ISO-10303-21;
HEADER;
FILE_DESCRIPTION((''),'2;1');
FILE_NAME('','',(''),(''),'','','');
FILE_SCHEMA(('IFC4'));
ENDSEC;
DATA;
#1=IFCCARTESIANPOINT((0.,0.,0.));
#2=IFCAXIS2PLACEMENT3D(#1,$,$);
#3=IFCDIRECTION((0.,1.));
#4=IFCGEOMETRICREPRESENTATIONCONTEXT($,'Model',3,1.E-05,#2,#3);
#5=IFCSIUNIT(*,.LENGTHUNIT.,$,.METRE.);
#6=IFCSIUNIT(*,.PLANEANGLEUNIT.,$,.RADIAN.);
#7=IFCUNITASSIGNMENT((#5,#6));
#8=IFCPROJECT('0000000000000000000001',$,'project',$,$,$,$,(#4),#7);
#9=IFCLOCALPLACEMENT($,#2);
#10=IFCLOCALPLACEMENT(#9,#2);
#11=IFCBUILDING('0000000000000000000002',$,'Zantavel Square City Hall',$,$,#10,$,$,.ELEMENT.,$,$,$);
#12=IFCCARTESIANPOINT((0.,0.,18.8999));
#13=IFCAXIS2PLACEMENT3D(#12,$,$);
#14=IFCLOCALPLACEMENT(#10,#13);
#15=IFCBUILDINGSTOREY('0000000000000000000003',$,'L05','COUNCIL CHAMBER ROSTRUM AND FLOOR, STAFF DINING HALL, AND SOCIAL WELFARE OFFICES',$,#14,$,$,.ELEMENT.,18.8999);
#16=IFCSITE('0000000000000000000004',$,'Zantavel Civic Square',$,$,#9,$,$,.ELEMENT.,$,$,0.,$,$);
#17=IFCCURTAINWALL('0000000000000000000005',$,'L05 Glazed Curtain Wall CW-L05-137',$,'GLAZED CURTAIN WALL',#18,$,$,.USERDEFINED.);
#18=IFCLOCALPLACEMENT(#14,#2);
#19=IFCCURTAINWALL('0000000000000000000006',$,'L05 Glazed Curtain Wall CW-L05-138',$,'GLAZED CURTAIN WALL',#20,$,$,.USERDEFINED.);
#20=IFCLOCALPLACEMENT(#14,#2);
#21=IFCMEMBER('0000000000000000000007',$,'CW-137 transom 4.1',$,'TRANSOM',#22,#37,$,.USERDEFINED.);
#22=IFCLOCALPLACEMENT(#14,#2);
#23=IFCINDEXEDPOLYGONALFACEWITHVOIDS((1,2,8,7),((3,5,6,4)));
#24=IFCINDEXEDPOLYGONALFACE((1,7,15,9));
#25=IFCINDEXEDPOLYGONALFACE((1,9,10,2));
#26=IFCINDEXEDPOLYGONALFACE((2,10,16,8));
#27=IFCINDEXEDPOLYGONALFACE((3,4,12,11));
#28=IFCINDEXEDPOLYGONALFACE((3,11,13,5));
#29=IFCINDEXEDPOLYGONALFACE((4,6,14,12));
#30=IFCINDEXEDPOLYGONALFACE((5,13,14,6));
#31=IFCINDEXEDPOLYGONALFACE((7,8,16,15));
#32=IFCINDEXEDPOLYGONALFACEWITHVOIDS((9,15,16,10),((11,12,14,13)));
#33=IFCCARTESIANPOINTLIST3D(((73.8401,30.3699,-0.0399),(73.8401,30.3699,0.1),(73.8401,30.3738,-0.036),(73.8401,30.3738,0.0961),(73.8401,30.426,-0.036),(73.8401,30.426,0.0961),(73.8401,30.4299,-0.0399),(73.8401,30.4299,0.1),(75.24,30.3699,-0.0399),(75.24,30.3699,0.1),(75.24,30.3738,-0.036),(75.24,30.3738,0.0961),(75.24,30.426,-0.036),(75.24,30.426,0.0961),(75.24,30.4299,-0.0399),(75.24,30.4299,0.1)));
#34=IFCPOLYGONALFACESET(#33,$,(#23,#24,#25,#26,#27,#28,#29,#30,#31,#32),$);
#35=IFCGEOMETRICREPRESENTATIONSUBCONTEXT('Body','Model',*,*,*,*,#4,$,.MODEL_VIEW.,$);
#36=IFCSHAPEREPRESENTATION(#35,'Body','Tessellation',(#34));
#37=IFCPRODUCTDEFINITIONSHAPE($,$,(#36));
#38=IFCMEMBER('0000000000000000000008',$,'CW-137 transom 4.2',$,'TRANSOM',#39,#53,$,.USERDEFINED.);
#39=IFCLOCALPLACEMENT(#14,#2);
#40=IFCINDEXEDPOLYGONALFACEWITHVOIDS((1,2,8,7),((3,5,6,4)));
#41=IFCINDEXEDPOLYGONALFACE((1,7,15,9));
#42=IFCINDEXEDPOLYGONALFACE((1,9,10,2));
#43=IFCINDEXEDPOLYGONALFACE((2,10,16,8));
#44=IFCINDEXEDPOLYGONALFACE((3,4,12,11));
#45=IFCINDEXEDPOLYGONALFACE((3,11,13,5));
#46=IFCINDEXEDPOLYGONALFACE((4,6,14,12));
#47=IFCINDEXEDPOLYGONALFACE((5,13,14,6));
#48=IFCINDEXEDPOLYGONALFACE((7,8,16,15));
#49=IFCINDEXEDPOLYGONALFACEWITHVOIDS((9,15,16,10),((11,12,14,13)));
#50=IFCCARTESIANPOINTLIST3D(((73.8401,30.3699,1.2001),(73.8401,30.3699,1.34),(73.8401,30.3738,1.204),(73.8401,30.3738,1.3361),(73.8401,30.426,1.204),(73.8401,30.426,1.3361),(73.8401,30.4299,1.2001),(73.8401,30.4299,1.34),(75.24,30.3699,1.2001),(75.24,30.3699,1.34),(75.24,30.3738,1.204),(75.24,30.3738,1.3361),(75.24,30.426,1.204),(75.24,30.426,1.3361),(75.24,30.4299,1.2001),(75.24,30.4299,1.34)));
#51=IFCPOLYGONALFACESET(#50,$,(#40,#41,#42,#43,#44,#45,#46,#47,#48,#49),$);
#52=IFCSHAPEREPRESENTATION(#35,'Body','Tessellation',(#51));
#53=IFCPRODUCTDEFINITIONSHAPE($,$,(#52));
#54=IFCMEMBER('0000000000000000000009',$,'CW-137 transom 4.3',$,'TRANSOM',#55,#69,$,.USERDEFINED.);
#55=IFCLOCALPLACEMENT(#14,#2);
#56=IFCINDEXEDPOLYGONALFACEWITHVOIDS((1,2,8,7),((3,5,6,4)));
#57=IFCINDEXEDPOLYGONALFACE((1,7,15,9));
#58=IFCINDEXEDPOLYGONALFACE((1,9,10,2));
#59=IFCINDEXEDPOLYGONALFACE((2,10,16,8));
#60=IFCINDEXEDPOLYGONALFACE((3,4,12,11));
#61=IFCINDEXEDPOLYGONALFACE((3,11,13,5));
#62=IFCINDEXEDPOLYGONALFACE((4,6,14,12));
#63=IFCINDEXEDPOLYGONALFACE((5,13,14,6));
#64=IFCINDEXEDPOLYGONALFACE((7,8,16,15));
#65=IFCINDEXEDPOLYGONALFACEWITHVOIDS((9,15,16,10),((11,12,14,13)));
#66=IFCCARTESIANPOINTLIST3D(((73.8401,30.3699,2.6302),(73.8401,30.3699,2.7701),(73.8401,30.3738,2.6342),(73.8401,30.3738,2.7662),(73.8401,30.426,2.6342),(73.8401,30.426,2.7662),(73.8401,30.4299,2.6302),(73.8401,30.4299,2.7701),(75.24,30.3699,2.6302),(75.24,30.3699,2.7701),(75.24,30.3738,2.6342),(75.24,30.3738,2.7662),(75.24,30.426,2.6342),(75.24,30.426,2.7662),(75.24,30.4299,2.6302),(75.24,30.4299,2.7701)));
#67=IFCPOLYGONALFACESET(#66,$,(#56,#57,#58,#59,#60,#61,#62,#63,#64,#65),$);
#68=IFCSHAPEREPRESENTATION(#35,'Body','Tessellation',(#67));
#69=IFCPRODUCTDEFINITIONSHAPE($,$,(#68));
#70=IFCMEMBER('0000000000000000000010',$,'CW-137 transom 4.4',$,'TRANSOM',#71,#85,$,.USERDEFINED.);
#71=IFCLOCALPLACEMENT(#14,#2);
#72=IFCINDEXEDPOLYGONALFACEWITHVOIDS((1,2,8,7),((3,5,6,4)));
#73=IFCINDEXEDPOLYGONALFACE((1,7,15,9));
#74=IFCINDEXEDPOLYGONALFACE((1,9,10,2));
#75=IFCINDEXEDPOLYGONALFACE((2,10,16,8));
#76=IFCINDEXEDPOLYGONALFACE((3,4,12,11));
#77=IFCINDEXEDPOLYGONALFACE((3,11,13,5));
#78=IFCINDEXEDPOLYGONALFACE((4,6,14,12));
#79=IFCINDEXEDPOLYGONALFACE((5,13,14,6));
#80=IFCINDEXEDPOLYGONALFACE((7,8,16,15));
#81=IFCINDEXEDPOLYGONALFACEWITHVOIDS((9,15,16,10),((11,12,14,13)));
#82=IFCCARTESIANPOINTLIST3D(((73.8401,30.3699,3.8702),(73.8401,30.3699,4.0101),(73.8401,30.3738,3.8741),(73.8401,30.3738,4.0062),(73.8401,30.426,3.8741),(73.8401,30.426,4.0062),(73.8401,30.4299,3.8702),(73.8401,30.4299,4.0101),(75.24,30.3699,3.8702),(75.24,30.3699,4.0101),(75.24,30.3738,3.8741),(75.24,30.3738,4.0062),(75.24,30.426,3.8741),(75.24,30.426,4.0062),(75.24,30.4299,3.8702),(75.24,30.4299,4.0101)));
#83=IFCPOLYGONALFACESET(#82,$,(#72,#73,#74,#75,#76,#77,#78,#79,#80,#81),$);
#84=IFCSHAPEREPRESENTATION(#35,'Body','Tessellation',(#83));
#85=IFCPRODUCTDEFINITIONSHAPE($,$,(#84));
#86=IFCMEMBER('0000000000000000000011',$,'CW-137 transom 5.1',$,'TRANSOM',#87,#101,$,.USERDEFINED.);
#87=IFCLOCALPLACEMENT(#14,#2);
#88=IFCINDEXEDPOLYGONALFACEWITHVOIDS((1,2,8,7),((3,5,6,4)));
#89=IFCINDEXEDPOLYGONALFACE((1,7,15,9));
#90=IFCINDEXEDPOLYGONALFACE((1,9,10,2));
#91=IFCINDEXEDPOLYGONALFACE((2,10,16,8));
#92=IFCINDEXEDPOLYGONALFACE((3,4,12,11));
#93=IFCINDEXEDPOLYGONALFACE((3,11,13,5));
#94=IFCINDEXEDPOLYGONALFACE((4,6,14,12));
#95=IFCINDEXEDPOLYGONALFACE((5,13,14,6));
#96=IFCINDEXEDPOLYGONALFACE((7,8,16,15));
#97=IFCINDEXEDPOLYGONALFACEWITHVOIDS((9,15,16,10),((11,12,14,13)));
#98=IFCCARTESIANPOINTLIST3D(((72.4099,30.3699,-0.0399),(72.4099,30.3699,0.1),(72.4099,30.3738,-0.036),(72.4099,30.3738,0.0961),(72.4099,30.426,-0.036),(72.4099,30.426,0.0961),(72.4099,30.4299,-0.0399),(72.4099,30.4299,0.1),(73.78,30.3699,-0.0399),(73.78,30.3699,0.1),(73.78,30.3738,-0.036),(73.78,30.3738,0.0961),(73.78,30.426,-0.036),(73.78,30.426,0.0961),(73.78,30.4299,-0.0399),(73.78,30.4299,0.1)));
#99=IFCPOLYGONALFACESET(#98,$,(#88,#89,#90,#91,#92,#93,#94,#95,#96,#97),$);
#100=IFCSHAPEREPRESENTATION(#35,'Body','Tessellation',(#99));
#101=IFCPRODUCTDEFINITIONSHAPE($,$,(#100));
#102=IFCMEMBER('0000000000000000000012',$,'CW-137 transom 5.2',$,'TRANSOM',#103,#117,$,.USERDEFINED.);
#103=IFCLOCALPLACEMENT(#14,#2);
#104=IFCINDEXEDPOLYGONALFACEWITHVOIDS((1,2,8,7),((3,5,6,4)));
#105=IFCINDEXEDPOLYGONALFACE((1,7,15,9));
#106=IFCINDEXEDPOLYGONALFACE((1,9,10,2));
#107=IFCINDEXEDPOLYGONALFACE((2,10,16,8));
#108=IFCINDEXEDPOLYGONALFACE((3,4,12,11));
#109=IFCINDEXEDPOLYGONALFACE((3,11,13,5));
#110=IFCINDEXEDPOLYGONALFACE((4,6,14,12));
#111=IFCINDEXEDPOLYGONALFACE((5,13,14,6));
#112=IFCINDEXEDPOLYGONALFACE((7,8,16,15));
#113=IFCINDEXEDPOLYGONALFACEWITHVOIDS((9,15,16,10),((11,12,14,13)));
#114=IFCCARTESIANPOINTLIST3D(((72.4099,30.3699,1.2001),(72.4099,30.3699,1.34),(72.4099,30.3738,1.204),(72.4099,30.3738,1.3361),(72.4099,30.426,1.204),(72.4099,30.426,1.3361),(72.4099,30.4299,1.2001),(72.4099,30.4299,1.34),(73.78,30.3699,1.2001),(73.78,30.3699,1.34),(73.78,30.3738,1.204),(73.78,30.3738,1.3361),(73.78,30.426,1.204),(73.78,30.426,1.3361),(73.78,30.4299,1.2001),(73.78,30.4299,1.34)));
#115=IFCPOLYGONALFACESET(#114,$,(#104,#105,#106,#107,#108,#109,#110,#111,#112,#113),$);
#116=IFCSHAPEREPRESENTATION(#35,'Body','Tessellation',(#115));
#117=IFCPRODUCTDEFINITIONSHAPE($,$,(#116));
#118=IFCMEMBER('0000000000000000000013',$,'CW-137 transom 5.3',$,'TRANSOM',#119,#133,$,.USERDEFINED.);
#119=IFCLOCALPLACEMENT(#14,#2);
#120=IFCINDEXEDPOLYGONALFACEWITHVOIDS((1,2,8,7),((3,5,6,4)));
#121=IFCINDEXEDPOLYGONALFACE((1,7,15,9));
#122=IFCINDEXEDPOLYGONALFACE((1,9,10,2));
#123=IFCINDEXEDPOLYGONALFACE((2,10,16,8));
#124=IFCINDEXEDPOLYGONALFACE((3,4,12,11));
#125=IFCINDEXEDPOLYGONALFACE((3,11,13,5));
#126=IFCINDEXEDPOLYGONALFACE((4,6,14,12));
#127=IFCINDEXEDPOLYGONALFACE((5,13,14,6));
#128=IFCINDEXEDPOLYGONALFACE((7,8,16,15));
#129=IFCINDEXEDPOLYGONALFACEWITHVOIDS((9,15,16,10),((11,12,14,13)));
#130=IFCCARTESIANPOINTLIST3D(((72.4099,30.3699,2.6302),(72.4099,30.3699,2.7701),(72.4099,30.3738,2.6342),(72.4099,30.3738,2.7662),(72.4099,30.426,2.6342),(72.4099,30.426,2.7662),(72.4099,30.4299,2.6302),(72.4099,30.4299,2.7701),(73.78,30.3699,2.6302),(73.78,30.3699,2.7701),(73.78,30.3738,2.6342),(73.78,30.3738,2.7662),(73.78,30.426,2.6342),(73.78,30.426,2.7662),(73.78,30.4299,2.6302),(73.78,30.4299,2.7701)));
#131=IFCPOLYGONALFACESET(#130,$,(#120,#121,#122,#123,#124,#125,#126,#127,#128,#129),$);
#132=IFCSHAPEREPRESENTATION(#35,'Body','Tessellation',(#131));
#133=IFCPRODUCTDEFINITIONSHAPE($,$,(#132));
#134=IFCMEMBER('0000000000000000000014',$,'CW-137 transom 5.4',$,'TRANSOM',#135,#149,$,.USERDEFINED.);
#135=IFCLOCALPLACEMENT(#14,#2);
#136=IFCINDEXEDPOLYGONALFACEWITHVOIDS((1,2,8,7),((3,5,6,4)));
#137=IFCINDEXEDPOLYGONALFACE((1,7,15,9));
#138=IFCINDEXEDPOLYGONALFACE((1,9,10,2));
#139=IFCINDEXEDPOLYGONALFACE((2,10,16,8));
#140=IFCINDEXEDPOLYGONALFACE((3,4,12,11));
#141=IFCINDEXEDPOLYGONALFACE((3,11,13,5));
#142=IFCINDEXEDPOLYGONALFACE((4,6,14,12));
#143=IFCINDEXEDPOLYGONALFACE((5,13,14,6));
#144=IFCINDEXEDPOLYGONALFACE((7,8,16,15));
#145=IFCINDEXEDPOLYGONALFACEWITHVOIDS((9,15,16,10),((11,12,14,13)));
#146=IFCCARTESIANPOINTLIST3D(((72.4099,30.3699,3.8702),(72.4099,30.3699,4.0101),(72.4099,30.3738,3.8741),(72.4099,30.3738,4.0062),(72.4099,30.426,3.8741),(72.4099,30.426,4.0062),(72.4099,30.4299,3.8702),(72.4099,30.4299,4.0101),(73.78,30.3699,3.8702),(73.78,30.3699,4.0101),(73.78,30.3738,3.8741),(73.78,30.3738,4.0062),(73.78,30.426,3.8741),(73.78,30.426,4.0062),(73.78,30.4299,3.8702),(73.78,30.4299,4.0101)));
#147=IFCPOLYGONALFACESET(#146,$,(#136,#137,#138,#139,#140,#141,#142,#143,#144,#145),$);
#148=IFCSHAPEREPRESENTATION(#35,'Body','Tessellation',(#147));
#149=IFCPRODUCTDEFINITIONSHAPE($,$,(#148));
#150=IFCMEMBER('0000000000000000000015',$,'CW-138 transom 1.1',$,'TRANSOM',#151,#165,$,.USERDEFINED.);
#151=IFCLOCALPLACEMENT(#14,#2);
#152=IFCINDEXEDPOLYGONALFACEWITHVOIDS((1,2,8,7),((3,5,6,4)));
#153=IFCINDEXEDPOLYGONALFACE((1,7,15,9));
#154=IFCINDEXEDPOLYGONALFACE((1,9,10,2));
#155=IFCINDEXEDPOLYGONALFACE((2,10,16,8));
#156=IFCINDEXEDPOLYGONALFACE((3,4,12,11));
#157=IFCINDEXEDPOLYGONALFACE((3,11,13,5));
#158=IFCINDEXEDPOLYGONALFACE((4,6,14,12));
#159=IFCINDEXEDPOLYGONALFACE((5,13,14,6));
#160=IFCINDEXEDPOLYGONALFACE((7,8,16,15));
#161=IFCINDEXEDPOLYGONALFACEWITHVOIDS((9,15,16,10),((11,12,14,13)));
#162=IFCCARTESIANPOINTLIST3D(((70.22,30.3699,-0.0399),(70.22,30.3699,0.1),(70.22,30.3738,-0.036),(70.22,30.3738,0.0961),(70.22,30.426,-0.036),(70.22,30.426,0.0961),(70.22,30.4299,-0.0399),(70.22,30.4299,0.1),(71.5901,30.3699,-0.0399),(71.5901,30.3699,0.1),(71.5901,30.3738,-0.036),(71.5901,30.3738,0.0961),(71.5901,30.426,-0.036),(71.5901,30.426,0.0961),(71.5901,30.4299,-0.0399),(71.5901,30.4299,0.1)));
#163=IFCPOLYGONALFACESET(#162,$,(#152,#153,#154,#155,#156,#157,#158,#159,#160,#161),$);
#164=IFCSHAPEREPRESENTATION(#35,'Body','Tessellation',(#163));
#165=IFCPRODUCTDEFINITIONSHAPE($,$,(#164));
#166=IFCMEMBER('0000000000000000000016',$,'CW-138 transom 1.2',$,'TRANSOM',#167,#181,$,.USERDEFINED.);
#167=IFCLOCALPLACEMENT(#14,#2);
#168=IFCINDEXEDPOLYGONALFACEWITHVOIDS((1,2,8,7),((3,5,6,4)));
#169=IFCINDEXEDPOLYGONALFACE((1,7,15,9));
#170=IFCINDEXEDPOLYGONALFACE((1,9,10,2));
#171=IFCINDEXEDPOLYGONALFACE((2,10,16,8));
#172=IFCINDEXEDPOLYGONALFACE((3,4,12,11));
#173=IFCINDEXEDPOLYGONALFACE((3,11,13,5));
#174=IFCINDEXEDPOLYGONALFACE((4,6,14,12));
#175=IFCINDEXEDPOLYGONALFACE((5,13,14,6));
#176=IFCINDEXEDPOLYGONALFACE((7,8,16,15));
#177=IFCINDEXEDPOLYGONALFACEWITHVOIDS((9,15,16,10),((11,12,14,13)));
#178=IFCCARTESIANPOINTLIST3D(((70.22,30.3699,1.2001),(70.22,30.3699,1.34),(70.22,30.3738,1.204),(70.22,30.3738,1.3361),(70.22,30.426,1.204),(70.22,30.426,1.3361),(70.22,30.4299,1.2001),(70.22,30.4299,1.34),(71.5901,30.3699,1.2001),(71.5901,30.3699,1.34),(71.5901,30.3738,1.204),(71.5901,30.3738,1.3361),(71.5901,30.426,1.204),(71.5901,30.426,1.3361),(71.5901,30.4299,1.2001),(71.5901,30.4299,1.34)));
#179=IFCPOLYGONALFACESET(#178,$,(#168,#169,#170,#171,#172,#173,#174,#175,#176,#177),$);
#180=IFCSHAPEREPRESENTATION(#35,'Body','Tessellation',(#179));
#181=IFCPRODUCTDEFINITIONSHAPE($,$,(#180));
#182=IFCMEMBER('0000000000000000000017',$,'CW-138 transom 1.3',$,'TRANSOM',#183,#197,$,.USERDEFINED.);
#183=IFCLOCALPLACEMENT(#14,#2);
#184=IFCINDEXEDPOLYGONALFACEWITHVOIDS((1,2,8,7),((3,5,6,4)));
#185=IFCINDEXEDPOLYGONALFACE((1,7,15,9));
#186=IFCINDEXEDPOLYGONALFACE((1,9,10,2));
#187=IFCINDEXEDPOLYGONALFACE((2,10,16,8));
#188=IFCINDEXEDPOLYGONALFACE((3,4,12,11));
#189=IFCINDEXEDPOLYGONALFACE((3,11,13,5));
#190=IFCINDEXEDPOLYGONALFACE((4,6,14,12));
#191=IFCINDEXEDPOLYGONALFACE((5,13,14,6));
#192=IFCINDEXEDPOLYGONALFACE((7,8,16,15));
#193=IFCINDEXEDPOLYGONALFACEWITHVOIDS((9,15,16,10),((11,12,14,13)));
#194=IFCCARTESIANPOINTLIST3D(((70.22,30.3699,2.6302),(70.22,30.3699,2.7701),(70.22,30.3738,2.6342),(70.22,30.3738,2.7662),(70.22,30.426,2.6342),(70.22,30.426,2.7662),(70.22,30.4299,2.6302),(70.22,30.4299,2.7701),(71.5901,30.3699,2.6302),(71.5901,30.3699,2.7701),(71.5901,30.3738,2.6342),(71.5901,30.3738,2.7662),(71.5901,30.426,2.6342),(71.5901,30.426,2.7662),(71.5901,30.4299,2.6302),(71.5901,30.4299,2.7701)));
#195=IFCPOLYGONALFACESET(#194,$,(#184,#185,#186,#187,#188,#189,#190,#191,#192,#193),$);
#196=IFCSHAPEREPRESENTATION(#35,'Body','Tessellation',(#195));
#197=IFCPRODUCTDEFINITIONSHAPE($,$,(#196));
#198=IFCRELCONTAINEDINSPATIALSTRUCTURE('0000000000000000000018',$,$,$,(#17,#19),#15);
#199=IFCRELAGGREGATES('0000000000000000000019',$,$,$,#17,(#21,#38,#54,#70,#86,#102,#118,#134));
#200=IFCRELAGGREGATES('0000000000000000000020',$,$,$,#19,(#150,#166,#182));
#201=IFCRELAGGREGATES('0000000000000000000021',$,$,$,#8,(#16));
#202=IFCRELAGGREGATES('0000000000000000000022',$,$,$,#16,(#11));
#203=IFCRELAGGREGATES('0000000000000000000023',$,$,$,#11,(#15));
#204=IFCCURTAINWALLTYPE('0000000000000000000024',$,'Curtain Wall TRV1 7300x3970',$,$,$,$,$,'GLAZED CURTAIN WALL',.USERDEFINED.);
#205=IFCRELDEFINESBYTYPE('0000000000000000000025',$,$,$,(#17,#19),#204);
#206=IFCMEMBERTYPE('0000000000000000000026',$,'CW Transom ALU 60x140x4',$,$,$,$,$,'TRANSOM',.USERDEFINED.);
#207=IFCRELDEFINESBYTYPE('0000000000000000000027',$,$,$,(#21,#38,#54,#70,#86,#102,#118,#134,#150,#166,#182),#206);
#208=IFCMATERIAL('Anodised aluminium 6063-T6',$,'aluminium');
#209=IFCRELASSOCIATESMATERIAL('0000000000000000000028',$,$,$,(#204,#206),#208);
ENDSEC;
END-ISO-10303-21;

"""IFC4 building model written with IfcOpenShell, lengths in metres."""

from ifc_helpers import new_model, si_unit, direction, frame, origin, origin_2d, place, context, subcontext, project, spatial, hollow_rectangle, extrude, material, material_profile, profile_set, type_object, element, aggregate, save


model = new_model("IFC4")

# Units and contexts
model_context = context("Model", 3, precision=1e-05, world=origin(), true_north=direction((0.0, 1.0)))
body_context = subcontext(model_context, "Body", "Model", "MODEL_VIEW")
ifc_project = project(units=[si_unit("LENGTHUNIT", "METRE"), si_unit("PLANEANGLEUNIT", "RADIAN")], contexts=[model_context])

# Site, building, storey
site_placement = place(None, origin())
site = spatial("IfcSite", under=ifc_project, at=site_placement, Name="Zantavel Civic Square", CompositionType="ELEMENT", RefElevation=0.0)
building_placement = place(site_placement, origin())
building = spatial("IfcBuilding", under=site, at=building_placement, Name="Zantavel Square City Hall", CompositionType="ELEMENT")
storey_placement = place(building_placement, frame((0.0, 0.0, 18.8999)))
storey = spatial("IfcBuildingStorey", under=building, at=storey_placement, Name="L05", Description="COUNCIL CHAMBER ROSTRUM AND FLOOR, STAFF DINING HALL, AND SOCIAL WELFARE OFFICES", CompositionType="ELEMENT", Elevation=18.8999)

# Curtain walls
ifc_material_1 = material(Name="Anodised aluminium 6063-T6", Category="aluminium")
curtain_wall_type = type_object("IfcCurtainWallType", Name="Curtain Wall TRV1 7300x3970", ElementType="GLAZED CURTAIN WALL", PredefinedType="USERDEFINED", material=ifc_material_1)
curtain_wall_1_placement = place(storey_placement, origin())
curtain_wall_1 = element("IfcCurtainWall", 1, at=curtain_wall_1_placement, inside=storey, type_object=curtain_wall_type, Name="L05 Glazed Curtain Wall CW-L05-137", ObjectType="GLAZED CURTAIN WALL", PredefinedType="USERDEFINED")
curtain_wall_2_placement = place(storey_placement, origin())
curtain_wall_2 = element("IfcCurtainWall", 2, at=curtain_wall_2_placement, inside=storey, type_object=curtain_wall_type, Name="L05 Glazed Curtain Wall CW-L05-138", ObjectType="GLAZED CURTAIN WALL", PredefinedType="USERDEFINED")

# Members
ifc_material_profile_1 = material_profile(ifc_material_1, hollow_rectangle(XDim=0.0601, YDim=0.1399, WallThickness=0.0039, at=origin_2d()), Name="ALU 60x140x4")
ifc_profile_set_1 = profile_set([ifc_material_profile_1], Name="Anodised aluminium 6063-T6")
member_type_1 = type_object("IfcMemberType", Name="CW Transom ALU 60x140x4", ElementType="TRANSOM", PredefinedType="USERDEFINED", material=ifc_profile_set_1)
member_1_placement = place(storey_placement, frame((75.24, 30.3999, 0.03), z_axis=(-1.0, 0.0, 0.0), x_axis=(0.0, -1.0, 0.0)))
member_1 = element("IfcMember", 3, at=member_1_placement, type_object=member_type_1, Name="CW-137 transom 4.1", ObjectType="TRANSOM", PredefinedType="USERDEFINED", context=body_context, shape_type="SweptSolid", body=[
    extrude(hollow_rectangle(XDim=0.0601, YDim=0.1399, WallThickness=0.0039, at=origin_2d()), origin(), (0.0, 0.0, 1.0), 1.3999),
])
member_2_placement = place(storey_placement, frame((75.24, 30.3999, 1.27), z_axis=(-1.0, 0.0, 0.0), x_axis=(0.0, -1.0, 0.0)))
member_2 = element("IfcMember", 4, at=member_2_placement, type_object=member_type_1, Name="CW-137 transom 4.2", ObjectType="TRANSOM", PredefinedType="USERDEFINED", context=body_context, shape_type="SweptSolid", body=[
    extrude(hollow_rectangle(XDim=0.0601, YDim=0.1399, WallThickness=0.0039, at=origin_2d()), origin(), (0.0, 0.0, 1.0), 1.3999),
])
member_3_placement = place(storey_placement, frame((75.24, 30.3999, 2.7002), z_axis=(-1.0, 0.0, 0.0), x_axis=(0.0, -1.0, 0.0)))
member_3 = element("IfcMember", 5, at=member_3_placement, type_object=member_type_1, Name="CW-137 transom 4.3", ObjectType="TRANSOM", PredefinedType="USERDEFINED", context=body_context, shape_type="SweptSolid", body=[
    extrude(hollow_rectangle(XDim=0.0601, YDim=0.1399, WallThickness=0.0039, at=origin_2d()), origin(), (0.0, 0.0, 1.0), 1.3999),
])
member_4_placement = place(storey_placement, frame((75.24, 30.3999, 3.9402), z_axis=(-1.0, 0.0, 0.0), x_axis=(0.0, -1.0, 0.0)))
member_4 = element("IfcMember", 6, at=member_4_placement, type_object=member_type_1, Name="CW-137 transom 4.4", ObjectType="TRANSOM", PredefinedType="USERDEFINED", context=body_context, shape_type="SweptSolid", body=[
    extrude(hollow_rectangle(XDim=0.0601, YDim=0.1399, WallThickness=0.0039, at=origin_2d()), origin(), (0.0, 0.0, 1.0), 1.3999),
])
member_5_placement = place(storey_placement, frame((73.78, 30.3999, 0.03), z_axis=(-1.0, 0.0, 0.0), x_axis=(0.0, -1.0, 0.0)))
member_5 = element("IfcMember", 7, at=member_5_placement, type_object=member_type_1, Name="CW-137 transom 5.1", ObjectType="TRANSOM", PredefinedType="USERDEFINED", context=body_context, shape_type="SweptSolid", body=[
    extrude(hollow_rectangle(XDim=0.0601, YDim=0.1399, WallThickness=0.0039, at=origin_2d()), origin(), (0.0, 0.0, 1.0), 1.3701),
])
member_6_placement = place(storey_placement, frame((73.78, 30.3999, 1.27), z_axis=(-1.0, 0.0, 0.0), x_axis=(0.0, -1.0, 0.0)))
member_6 = element("IfcMember", 8, at=member_6_placement, type_object=member_type_1, Name="CW-137 transom 5.2", ObjectType="TRANSOM", PredefinedType="USERDEFINED", context=body_context, shape_type="SweptSolid", body=[
    extrude(hollow_rectangle(XDim=0.0601, YDim=0.1399, WallThickness=0.0039, at=origin_2d()), origin(), (0.0, 0.0, 1.0), 1.3701),
])
member_7_placement = place(storey_placement, frame((73.78, 30.3999, 2.7002), z_axis=(-1.0, 0.0, 0.0), x_axis=(0.0, -1.0, 0.0)))
member_7 = element("IfcMember", 9, at=member_7_placement, type_object=member_type_1, Name="CW-137 transom 5.3", ObjectType="TRANSOM", PredefinedType="USERDEFINED", context=body_context, shape_type="SweptSolid", body=[
    extrude(hollow_rectangle(XDim=0.0601, YDim=0.1399, WallThickness=0.0039, at=origin_2d()), origin(), (0.0, 0.0, 1.0), 1.3701),
])
member_8_placement = place(storey_placement, frame((73.78, 30.3999, 3.9402), z_axis=(-1.0, 0.0, 0.0), x_axis=(0.0, -1.0, 0.0)))
member_8 = element("IfcMember", 10, at=member_8_placement, type_object=member_type_1, Name="CW-137 transom 5.4", ObjectType="TRANSOM", PredefinedType="USERDEFINED", context=body_context, shape_type="SweptSolid", body=[
    extrude(hollow_rectangle(XDim=0.0601, YDim=0.1399, WallThickness=0.0039, at=origin_2d()), origin(), (0.0, 0.0, 1.0), 1.3701),
])
member_9_placement = place(storey_placement, frame((71.5901, 30.3999, 0.03), z_axis=(-1.0, 0.0, 0.0), x_axis=(0.0, -1.0, 0.0)))
member_9 = element("IfcMember", 11, at=member_9_placement, type_object=member_type_1, Name="CW-138 transom 1.1", ObjectType="TRANSOM", PredefinedType="USERDEFINED", context=body_context, shape_type="SweptSolid", body=[
    extrude(hollow_rectangle(XDim=0.0601, YDim=0.1399, WallThickness=0.0039, at=origin_2d()), origin(), (0.0, 0.0, 1.0), 1.3701),
])
member_10_placement = place(storey_placement, frame((71.5901, 30.3999, 1.27), z_axis=(-1.0, 0.0, 0.0), x_axis=(0.0, -1.0, 0.0)))
member_10 = element("IfcMember", 12, at=member_10_placement, type_object=member_type_1, Name="CW-138 transom 1.2", ObjectType="TRANSOM", PredefinedType="USERDEFINED", context=body_context, shape_type="SweptSolid", body=[
    extrude(hollow_rectangle(XDim=0.0601, YDim=0.1399, WallThickness=0.0039, at=origin_2d()), origin(), (0.0, 0.0, 1.0), 1.3701),
])
member_11_placement = place(storey_placement, frame((71.5901, 30.3999, 2.7002), z_axis=(-1.0, 0.0, 0.0), x_axis=(0.0, -1.0, 0.0)))
member_11 = element("IfcMember", 13, at=member_11_placement, type_object=member_type_1, Name="CW-138 transom 1.3", ObjectType="TRANSOM", PredefinedType="USERDEFINED", context=body_context, shape_type="SweptSolid", body=[
    extrude(hollow_rectangle(XDim=0.0601, YDim=0.1399, WallThickness=0.0039, at=origin_2d()), origin(), (0.0, 0.0, 1.0), 1.3701),
])

aggregate(curtain_wall_1, [member_1, member_2, member_3, member_4, member_5, member_6, member_7, member_8])
aggregate(curtain_wall_2, [member_9, member_10, member_11])

save(model, "model.ifc")
